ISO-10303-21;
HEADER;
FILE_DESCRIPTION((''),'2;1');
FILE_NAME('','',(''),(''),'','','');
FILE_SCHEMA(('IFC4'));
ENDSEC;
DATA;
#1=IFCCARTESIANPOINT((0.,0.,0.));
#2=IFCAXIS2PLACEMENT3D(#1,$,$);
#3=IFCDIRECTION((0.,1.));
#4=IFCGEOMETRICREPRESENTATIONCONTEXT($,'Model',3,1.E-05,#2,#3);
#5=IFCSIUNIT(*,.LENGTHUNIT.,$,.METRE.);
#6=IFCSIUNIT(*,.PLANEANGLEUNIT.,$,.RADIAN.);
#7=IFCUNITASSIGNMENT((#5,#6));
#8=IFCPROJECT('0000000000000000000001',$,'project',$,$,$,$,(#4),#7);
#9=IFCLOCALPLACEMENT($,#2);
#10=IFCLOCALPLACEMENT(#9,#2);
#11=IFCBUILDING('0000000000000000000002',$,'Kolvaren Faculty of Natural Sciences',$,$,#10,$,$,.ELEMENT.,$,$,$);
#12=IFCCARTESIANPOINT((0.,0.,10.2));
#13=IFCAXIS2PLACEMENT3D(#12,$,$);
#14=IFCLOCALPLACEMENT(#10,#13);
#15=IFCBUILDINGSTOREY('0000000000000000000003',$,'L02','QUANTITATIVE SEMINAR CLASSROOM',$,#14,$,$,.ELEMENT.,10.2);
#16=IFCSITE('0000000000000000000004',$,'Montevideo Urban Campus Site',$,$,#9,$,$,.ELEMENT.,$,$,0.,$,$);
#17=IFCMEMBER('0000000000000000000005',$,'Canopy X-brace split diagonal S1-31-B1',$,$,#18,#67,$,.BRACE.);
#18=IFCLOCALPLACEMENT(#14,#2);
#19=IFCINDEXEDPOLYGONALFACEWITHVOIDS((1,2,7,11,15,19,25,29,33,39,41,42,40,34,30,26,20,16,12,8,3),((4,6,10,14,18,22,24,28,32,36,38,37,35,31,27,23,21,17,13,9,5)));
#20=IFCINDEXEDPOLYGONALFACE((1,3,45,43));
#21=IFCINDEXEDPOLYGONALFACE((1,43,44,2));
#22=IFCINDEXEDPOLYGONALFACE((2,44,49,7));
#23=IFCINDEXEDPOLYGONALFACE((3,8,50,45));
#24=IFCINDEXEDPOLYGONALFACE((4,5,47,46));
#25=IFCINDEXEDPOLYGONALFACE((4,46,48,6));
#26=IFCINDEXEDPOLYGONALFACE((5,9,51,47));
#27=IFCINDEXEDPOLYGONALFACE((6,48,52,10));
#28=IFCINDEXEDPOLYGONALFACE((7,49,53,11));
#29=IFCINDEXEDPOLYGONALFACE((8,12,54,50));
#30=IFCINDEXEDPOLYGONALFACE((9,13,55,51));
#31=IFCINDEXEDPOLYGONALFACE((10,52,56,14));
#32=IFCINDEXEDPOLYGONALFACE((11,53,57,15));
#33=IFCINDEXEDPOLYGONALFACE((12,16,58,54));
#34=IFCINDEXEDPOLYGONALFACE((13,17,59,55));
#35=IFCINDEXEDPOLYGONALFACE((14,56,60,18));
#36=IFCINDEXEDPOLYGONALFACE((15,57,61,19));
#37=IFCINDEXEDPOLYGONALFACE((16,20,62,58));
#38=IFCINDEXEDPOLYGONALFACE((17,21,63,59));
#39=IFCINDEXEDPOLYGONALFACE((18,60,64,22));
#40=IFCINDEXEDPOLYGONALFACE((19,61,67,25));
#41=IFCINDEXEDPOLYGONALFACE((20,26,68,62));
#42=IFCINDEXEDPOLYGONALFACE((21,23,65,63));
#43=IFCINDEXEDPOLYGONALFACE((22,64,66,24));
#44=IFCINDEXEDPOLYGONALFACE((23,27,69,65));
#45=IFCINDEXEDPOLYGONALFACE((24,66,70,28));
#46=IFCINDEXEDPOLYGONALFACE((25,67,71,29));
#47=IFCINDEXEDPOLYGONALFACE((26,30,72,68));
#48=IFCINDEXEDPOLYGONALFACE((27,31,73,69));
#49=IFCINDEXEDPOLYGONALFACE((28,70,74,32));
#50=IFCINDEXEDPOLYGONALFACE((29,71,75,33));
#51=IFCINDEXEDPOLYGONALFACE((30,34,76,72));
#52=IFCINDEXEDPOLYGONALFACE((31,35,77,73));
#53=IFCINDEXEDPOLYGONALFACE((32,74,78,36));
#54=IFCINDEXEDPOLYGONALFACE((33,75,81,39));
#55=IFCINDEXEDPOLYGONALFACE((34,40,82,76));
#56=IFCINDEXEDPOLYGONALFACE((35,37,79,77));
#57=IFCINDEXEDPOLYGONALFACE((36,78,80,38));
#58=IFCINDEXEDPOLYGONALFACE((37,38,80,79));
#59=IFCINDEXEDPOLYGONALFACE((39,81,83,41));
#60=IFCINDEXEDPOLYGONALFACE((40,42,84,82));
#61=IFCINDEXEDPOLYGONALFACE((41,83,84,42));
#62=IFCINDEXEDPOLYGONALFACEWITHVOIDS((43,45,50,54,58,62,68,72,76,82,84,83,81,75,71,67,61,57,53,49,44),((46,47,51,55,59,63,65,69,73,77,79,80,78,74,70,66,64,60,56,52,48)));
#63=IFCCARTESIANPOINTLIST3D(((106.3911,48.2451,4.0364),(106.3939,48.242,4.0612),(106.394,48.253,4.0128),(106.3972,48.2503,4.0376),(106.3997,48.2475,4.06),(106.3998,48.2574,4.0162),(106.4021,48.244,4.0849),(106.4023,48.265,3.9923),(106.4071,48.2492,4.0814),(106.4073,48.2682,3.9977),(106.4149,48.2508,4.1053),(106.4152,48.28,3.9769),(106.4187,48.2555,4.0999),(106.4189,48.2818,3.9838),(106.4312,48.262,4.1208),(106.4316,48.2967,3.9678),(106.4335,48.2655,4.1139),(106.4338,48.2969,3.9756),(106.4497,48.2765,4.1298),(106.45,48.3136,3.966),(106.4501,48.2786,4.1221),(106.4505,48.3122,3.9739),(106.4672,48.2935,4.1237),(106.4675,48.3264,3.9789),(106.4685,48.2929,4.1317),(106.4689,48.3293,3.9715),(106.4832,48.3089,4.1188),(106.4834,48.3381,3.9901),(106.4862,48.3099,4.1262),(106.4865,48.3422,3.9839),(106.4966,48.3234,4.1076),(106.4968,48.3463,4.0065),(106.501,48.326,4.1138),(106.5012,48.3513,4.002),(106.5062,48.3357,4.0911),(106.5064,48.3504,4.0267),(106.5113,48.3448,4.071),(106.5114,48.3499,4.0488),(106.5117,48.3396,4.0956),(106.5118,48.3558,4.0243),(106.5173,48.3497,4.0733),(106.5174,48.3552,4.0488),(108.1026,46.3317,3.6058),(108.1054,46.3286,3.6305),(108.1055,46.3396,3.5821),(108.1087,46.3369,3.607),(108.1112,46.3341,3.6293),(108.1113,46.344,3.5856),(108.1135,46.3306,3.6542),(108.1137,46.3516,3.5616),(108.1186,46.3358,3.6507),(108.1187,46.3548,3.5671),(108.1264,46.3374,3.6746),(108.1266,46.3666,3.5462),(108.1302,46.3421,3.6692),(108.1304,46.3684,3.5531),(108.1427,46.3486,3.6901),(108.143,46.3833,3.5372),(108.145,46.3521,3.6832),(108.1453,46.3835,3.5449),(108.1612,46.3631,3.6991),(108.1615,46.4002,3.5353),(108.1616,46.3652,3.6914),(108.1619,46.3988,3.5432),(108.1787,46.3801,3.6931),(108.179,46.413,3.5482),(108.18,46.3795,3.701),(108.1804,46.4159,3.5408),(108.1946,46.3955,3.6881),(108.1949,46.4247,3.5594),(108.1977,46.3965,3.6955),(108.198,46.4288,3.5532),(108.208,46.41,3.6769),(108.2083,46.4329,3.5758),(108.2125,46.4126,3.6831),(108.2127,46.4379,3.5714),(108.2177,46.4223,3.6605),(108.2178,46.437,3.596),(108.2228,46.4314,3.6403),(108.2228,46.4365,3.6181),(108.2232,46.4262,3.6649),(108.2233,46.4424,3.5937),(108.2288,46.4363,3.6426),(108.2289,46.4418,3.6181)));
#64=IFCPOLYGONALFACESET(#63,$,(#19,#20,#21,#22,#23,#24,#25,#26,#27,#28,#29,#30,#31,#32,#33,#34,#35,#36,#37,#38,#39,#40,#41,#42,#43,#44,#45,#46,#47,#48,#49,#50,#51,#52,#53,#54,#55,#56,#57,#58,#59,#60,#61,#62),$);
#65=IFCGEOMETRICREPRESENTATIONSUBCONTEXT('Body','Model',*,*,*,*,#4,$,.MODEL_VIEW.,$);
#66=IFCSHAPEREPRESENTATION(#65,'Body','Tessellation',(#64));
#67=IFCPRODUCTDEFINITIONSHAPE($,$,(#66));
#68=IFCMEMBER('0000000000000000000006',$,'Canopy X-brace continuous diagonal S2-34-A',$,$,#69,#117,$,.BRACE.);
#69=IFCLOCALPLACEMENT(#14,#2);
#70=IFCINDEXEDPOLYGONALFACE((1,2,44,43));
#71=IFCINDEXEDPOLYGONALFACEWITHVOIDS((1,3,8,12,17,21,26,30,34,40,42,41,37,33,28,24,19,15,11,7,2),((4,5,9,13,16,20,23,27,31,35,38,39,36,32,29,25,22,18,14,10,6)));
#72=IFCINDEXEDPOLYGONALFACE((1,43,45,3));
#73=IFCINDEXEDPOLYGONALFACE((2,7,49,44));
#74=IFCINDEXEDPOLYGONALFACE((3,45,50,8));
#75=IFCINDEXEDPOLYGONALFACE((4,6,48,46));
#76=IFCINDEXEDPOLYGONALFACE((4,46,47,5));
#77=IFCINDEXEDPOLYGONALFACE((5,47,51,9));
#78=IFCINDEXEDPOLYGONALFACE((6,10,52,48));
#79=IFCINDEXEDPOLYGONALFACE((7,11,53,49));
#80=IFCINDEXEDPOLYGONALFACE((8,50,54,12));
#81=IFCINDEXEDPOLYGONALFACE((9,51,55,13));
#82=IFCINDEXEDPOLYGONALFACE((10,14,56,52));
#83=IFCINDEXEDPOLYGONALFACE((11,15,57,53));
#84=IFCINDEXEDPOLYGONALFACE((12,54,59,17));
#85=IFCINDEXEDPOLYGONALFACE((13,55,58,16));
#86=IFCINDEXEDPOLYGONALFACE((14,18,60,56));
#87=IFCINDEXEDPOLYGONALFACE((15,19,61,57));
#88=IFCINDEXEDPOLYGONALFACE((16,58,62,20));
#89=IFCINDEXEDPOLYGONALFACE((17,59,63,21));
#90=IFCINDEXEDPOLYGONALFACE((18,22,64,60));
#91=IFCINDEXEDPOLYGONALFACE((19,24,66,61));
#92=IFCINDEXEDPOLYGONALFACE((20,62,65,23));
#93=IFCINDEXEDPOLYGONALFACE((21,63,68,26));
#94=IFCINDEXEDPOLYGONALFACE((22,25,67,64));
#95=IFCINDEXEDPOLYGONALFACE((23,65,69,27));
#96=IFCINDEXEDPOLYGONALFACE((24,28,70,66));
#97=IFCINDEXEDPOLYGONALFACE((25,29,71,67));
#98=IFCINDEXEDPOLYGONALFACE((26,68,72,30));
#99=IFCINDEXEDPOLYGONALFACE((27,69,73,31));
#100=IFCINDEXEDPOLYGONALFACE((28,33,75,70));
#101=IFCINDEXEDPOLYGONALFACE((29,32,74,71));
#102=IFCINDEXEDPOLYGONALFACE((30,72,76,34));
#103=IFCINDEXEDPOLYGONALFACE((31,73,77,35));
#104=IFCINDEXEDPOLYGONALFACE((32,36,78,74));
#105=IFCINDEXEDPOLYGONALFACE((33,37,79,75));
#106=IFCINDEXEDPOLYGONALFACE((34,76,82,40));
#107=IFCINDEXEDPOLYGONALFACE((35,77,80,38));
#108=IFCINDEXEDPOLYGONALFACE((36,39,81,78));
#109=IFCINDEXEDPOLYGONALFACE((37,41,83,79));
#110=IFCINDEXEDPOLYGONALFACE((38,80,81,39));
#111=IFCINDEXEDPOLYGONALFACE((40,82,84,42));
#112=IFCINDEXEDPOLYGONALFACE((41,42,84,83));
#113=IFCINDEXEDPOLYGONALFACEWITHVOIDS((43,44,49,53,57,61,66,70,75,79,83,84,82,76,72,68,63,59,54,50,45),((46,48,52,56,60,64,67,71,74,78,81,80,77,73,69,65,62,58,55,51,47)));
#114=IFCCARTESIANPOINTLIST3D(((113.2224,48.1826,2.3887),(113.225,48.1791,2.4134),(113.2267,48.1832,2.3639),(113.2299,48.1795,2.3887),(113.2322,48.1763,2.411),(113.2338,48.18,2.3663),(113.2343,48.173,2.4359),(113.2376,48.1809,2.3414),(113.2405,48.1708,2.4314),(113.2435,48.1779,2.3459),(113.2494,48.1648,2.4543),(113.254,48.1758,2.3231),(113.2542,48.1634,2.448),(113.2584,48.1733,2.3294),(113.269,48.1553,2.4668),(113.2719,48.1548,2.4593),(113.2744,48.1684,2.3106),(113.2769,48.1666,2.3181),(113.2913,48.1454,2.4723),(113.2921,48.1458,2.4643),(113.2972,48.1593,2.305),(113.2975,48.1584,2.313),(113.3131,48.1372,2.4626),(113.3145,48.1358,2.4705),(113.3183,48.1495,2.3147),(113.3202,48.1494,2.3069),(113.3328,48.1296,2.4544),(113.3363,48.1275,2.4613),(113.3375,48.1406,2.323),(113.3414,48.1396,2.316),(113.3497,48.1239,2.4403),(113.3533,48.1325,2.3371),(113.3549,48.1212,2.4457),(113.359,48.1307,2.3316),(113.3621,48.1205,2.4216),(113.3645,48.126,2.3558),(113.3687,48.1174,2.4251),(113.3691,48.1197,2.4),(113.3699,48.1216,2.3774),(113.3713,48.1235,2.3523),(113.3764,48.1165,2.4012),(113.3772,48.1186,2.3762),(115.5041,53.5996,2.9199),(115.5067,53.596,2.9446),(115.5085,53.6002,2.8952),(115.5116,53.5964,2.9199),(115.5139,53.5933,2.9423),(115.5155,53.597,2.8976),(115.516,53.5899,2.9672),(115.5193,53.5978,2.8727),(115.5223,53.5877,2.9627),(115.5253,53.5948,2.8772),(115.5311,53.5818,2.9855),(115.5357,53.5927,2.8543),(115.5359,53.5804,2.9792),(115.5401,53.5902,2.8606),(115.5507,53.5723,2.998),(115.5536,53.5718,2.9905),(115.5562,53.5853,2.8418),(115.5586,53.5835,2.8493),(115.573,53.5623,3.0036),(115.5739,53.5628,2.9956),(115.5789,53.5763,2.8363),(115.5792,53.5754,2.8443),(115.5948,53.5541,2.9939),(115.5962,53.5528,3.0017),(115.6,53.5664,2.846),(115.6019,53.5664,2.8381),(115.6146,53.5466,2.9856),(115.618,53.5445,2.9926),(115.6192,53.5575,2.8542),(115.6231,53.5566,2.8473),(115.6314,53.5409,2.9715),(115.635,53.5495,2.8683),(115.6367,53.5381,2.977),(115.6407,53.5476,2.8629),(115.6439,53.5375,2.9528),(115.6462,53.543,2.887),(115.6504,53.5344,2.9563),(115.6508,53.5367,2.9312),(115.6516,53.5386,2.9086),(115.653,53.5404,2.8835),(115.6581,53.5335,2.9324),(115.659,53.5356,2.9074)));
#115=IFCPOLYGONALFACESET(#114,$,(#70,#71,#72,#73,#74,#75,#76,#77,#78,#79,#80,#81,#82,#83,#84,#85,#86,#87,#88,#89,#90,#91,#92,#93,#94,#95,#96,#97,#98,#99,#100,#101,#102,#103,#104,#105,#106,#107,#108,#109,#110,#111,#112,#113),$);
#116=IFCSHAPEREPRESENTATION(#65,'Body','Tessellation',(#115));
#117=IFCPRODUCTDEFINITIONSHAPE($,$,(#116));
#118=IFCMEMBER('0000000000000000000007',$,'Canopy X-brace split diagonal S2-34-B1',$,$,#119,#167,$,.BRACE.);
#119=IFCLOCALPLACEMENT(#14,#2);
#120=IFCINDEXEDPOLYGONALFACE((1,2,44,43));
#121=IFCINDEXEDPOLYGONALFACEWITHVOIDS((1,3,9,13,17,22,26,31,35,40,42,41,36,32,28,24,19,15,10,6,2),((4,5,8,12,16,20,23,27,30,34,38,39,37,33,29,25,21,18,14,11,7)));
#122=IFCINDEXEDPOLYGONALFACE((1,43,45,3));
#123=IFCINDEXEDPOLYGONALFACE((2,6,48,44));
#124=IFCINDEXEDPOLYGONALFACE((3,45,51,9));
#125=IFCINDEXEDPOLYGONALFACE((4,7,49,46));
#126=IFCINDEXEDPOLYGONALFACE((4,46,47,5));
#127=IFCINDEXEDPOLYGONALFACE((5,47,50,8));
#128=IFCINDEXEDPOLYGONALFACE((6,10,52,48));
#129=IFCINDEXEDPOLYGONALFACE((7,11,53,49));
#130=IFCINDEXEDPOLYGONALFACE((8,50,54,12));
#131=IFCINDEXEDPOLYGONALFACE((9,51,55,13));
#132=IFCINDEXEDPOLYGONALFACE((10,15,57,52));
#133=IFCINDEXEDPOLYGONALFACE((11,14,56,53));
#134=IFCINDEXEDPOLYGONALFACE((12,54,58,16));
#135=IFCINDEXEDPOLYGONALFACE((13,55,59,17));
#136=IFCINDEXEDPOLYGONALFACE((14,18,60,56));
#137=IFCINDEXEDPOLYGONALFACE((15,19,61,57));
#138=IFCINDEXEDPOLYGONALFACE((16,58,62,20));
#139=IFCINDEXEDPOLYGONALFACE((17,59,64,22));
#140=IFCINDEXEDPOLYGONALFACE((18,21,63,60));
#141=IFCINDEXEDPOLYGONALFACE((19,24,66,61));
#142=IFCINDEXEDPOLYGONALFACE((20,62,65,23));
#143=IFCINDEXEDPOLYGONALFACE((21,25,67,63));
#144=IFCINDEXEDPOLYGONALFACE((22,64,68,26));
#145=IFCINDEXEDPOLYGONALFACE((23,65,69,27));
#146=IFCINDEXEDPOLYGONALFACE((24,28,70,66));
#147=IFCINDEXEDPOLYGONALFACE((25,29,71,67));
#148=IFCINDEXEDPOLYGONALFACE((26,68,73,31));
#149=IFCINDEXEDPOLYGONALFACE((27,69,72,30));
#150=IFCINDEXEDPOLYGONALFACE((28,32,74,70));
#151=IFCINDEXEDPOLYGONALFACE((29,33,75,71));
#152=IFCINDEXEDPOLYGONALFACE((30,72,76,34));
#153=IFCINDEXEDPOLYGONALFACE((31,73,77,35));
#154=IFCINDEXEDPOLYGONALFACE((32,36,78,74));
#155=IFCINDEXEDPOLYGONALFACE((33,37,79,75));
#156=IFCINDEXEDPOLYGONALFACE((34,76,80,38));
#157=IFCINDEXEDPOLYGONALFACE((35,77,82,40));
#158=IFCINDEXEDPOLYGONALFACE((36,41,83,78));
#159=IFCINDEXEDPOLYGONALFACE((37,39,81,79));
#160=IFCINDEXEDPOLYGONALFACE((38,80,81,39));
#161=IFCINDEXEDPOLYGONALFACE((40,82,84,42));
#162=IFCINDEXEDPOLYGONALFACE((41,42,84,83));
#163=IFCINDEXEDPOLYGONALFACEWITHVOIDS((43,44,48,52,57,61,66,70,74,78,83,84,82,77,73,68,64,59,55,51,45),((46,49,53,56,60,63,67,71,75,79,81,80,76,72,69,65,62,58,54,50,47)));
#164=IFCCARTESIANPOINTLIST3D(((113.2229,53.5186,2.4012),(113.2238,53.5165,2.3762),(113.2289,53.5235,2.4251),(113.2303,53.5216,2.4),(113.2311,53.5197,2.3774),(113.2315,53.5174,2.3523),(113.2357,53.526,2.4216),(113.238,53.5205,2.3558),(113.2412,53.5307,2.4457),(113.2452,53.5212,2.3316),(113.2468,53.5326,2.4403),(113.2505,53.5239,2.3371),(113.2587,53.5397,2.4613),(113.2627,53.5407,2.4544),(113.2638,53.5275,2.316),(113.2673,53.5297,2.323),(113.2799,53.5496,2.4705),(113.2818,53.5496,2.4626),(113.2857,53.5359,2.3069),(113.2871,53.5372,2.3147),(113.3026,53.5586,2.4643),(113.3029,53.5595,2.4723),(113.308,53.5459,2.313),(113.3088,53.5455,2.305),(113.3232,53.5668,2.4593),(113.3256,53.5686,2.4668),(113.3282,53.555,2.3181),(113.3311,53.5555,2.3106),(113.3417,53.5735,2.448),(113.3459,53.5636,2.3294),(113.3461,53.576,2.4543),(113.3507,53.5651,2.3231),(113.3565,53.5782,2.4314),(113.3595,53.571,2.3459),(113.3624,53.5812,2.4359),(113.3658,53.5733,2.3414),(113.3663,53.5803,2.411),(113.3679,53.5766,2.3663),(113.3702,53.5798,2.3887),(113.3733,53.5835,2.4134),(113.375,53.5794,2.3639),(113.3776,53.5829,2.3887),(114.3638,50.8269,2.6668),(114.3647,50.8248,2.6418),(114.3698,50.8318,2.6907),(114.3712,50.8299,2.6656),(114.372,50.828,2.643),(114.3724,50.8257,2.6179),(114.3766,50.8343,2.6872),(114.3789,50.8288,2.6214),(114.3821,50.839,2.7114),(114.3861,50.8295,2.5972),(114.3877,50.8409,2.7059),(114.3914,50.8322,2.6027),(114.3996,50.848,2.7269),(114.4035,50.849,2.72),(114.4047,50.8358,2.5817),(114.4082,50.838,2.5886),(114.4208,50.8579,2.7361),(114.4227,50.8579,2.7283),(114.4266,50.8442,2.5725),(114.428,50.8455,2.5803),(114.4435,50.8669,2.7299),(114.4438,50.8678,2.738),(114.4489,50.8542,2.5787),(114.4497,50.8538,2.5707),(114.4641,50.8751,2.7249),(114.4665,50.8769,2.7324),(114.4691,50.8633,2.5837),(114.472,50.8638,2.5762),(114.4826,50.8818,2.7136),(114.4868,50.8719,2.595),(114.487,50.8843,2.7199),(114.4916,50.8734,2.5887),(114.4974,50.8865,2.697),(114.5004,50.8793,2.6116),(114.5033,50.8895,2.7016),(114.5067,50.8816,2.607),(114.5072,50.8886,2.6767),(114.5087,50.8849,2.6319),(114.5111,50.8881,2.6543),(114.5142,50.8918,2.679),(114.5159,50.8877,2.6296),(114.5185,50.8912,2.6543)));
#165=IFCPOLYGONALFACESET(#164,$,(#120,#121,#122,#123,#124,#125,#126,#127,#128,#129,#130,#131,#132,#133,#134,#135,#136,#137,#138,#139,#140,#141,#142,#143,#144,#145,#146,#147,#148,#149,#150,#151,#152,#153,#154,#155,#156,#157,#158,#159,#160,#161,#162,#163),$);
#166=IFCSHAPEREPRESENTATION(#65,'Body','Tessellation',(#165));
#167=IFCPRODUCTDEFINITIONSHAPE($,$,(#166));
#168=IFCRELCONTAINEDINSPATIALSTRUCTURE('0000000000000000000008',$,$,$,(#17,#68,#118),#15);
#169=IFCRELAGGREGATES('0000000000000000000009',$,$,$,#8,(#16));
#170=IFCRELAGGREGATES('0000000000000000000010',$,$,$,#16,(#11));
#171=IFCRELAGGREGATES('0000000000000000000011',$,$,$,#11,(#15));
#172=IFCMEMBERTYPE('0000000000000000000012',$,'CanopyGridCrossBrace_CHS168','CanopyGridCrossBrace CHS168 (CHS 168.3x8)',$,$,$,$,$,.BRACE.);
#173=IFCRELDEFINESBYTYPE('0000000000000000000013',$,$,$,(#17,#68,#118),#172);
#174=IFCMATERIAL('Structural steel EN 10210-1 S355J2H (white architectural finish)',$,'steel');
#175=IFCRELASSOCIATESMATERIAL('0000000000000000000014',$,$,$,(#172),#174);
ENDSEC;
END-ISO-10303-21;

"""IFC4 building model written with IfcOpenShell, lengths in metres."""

from ifc_helpers import new_model, si_unit, direction, frame, origin, origin_2d, place, context, subcontext, project, spatial, hollow_circle, extrude, material, material_profile, profile_set, type_object, element, save


model = new_model("IFC4")

# Units and contexts
model_context = context("Model", 3, precision=1e-05, world=origin(), true_north=direction((0.0, 1.0)))
body_context = subcontext(model_context, "Body", "Model", "MODEL_VIEW")
ifc_project = project(units=[si_unit("LENGTHUNIT", "METRE"), si_unit("PLANEANGLEUNIT", "RADIAN")], contexts=[model_context])

# Site, building, storey
site_placement = place(None, origin())
site = spatial("IfcSite", under=ifc_project, at=site_placement, Name="Montevideo Urban Campus Site", CompositionType="ELEMENT", RefElevation=0.0)
building_placement = place(site_placement, origin())
building = spatial("IfcBuilding", under=site, at=building_placement, Name="Kolvaren Faculty of Natural Sciences", CompositionType="ELEMENT")
storey_placement = place(building_placement, frame((0.0, 0.0, 10.2)))
storey = spatial("IfcBuildingStorey", under=building, at=storey_placement, Name="L02", Description="QUANTITATIVE SEMINAR CLASSROOM", CompositionType="ELEMENT", Elevation=10.2)

# Members
ifc_material_1 = material(Name="Structural steel EN 10210-1 S355J2H (white architectural finish)", Category="steel")
ifc_material_profile_1 = material_profile(ifc_material_1, hollow_circle(Radius=0.0842, WallThickness=0.0081, at=origin_2d()), Name="CHS 168.3x8")
ifc_profile_set_1 = profile_set([ifc_material_profile_1], Name="Structural steel EN 10210-1 S355J2H (white architectural finish)")
member_type_1 = type_object("IfcMemberType", Name="CanopyGridCrossBrace_CHS168", Description="CanopyGridCrossBrace CHS168 (CHS 168.3x8)", PredefinedType="BRACE", material=ifc_profile_set_1)
member_1_placement = place(storey_placement, frame((106.4546, 48.2991, 4.0488), z_axis=(0.657498, -0.735066, -0.165453), x_axis=(0.745338, 0.666686, 0.0)))
element("IfcMember", 1, at=member_1_placement, inside=storey, type_object=member_type_1, Name="Canopy X-brace split diagonal S1-31-B1", PredefinedType="BRACE", context=body_context, shape_type="SweptSolid", body=[
    extrude(hollow_circle(Radius=0.0842, WallThickness=0.0081, at=origin_2d()), origin(), (0.0, 0.0, 1.0), 2.603),
])
member_2_placement = place(storey_placement, frame((113.3, 48.1499, 2.3887), z_axis=(0.386611, 0.91784, 0.090013), x_axis=(-0.921581, 0.388187, 0.0)))
element("IfcMember", 2, at=member_2_placement, inside=storey, type_object=member_type_1, Name="Canopy X-brace continuous diagonal S2-34-A", PredefinedType="BRACE", context=body_context, shape_type="SweptSolid", body=[
    extrude(hollow_circle(Radius=0.0842, WallThickness=0.0081, at=origin_2d()), origin(), (0.0, 0.0, 1.0), 5.9019),
])
for number, where, z_axis, x_axis, name in (
    (3, (113.3, 53.55, 2.3887), (0.388646, -0.916933, 0.090487), (0.92071, 0.390247, 0.0), "Canopy X-brace split diagonal S2-34-B1"),
):
    element("IfcMember", number, at=place(storey_placement, frame(where, z_axis=z_axis, x_axis=x_axis)), inside=storey, type_object=member_type_1, Name=name, PredefinedType="BRACE", context=body_context, shape_type="SweptSolid", body=[
        extrude(hollow_circle(Radius=0.0842, WallThickness=0.0081, at=origin_2d()), origin(), (0.0, 0.0, 1.0), 2.9355),
    ])

save(model, "model.ifc")
